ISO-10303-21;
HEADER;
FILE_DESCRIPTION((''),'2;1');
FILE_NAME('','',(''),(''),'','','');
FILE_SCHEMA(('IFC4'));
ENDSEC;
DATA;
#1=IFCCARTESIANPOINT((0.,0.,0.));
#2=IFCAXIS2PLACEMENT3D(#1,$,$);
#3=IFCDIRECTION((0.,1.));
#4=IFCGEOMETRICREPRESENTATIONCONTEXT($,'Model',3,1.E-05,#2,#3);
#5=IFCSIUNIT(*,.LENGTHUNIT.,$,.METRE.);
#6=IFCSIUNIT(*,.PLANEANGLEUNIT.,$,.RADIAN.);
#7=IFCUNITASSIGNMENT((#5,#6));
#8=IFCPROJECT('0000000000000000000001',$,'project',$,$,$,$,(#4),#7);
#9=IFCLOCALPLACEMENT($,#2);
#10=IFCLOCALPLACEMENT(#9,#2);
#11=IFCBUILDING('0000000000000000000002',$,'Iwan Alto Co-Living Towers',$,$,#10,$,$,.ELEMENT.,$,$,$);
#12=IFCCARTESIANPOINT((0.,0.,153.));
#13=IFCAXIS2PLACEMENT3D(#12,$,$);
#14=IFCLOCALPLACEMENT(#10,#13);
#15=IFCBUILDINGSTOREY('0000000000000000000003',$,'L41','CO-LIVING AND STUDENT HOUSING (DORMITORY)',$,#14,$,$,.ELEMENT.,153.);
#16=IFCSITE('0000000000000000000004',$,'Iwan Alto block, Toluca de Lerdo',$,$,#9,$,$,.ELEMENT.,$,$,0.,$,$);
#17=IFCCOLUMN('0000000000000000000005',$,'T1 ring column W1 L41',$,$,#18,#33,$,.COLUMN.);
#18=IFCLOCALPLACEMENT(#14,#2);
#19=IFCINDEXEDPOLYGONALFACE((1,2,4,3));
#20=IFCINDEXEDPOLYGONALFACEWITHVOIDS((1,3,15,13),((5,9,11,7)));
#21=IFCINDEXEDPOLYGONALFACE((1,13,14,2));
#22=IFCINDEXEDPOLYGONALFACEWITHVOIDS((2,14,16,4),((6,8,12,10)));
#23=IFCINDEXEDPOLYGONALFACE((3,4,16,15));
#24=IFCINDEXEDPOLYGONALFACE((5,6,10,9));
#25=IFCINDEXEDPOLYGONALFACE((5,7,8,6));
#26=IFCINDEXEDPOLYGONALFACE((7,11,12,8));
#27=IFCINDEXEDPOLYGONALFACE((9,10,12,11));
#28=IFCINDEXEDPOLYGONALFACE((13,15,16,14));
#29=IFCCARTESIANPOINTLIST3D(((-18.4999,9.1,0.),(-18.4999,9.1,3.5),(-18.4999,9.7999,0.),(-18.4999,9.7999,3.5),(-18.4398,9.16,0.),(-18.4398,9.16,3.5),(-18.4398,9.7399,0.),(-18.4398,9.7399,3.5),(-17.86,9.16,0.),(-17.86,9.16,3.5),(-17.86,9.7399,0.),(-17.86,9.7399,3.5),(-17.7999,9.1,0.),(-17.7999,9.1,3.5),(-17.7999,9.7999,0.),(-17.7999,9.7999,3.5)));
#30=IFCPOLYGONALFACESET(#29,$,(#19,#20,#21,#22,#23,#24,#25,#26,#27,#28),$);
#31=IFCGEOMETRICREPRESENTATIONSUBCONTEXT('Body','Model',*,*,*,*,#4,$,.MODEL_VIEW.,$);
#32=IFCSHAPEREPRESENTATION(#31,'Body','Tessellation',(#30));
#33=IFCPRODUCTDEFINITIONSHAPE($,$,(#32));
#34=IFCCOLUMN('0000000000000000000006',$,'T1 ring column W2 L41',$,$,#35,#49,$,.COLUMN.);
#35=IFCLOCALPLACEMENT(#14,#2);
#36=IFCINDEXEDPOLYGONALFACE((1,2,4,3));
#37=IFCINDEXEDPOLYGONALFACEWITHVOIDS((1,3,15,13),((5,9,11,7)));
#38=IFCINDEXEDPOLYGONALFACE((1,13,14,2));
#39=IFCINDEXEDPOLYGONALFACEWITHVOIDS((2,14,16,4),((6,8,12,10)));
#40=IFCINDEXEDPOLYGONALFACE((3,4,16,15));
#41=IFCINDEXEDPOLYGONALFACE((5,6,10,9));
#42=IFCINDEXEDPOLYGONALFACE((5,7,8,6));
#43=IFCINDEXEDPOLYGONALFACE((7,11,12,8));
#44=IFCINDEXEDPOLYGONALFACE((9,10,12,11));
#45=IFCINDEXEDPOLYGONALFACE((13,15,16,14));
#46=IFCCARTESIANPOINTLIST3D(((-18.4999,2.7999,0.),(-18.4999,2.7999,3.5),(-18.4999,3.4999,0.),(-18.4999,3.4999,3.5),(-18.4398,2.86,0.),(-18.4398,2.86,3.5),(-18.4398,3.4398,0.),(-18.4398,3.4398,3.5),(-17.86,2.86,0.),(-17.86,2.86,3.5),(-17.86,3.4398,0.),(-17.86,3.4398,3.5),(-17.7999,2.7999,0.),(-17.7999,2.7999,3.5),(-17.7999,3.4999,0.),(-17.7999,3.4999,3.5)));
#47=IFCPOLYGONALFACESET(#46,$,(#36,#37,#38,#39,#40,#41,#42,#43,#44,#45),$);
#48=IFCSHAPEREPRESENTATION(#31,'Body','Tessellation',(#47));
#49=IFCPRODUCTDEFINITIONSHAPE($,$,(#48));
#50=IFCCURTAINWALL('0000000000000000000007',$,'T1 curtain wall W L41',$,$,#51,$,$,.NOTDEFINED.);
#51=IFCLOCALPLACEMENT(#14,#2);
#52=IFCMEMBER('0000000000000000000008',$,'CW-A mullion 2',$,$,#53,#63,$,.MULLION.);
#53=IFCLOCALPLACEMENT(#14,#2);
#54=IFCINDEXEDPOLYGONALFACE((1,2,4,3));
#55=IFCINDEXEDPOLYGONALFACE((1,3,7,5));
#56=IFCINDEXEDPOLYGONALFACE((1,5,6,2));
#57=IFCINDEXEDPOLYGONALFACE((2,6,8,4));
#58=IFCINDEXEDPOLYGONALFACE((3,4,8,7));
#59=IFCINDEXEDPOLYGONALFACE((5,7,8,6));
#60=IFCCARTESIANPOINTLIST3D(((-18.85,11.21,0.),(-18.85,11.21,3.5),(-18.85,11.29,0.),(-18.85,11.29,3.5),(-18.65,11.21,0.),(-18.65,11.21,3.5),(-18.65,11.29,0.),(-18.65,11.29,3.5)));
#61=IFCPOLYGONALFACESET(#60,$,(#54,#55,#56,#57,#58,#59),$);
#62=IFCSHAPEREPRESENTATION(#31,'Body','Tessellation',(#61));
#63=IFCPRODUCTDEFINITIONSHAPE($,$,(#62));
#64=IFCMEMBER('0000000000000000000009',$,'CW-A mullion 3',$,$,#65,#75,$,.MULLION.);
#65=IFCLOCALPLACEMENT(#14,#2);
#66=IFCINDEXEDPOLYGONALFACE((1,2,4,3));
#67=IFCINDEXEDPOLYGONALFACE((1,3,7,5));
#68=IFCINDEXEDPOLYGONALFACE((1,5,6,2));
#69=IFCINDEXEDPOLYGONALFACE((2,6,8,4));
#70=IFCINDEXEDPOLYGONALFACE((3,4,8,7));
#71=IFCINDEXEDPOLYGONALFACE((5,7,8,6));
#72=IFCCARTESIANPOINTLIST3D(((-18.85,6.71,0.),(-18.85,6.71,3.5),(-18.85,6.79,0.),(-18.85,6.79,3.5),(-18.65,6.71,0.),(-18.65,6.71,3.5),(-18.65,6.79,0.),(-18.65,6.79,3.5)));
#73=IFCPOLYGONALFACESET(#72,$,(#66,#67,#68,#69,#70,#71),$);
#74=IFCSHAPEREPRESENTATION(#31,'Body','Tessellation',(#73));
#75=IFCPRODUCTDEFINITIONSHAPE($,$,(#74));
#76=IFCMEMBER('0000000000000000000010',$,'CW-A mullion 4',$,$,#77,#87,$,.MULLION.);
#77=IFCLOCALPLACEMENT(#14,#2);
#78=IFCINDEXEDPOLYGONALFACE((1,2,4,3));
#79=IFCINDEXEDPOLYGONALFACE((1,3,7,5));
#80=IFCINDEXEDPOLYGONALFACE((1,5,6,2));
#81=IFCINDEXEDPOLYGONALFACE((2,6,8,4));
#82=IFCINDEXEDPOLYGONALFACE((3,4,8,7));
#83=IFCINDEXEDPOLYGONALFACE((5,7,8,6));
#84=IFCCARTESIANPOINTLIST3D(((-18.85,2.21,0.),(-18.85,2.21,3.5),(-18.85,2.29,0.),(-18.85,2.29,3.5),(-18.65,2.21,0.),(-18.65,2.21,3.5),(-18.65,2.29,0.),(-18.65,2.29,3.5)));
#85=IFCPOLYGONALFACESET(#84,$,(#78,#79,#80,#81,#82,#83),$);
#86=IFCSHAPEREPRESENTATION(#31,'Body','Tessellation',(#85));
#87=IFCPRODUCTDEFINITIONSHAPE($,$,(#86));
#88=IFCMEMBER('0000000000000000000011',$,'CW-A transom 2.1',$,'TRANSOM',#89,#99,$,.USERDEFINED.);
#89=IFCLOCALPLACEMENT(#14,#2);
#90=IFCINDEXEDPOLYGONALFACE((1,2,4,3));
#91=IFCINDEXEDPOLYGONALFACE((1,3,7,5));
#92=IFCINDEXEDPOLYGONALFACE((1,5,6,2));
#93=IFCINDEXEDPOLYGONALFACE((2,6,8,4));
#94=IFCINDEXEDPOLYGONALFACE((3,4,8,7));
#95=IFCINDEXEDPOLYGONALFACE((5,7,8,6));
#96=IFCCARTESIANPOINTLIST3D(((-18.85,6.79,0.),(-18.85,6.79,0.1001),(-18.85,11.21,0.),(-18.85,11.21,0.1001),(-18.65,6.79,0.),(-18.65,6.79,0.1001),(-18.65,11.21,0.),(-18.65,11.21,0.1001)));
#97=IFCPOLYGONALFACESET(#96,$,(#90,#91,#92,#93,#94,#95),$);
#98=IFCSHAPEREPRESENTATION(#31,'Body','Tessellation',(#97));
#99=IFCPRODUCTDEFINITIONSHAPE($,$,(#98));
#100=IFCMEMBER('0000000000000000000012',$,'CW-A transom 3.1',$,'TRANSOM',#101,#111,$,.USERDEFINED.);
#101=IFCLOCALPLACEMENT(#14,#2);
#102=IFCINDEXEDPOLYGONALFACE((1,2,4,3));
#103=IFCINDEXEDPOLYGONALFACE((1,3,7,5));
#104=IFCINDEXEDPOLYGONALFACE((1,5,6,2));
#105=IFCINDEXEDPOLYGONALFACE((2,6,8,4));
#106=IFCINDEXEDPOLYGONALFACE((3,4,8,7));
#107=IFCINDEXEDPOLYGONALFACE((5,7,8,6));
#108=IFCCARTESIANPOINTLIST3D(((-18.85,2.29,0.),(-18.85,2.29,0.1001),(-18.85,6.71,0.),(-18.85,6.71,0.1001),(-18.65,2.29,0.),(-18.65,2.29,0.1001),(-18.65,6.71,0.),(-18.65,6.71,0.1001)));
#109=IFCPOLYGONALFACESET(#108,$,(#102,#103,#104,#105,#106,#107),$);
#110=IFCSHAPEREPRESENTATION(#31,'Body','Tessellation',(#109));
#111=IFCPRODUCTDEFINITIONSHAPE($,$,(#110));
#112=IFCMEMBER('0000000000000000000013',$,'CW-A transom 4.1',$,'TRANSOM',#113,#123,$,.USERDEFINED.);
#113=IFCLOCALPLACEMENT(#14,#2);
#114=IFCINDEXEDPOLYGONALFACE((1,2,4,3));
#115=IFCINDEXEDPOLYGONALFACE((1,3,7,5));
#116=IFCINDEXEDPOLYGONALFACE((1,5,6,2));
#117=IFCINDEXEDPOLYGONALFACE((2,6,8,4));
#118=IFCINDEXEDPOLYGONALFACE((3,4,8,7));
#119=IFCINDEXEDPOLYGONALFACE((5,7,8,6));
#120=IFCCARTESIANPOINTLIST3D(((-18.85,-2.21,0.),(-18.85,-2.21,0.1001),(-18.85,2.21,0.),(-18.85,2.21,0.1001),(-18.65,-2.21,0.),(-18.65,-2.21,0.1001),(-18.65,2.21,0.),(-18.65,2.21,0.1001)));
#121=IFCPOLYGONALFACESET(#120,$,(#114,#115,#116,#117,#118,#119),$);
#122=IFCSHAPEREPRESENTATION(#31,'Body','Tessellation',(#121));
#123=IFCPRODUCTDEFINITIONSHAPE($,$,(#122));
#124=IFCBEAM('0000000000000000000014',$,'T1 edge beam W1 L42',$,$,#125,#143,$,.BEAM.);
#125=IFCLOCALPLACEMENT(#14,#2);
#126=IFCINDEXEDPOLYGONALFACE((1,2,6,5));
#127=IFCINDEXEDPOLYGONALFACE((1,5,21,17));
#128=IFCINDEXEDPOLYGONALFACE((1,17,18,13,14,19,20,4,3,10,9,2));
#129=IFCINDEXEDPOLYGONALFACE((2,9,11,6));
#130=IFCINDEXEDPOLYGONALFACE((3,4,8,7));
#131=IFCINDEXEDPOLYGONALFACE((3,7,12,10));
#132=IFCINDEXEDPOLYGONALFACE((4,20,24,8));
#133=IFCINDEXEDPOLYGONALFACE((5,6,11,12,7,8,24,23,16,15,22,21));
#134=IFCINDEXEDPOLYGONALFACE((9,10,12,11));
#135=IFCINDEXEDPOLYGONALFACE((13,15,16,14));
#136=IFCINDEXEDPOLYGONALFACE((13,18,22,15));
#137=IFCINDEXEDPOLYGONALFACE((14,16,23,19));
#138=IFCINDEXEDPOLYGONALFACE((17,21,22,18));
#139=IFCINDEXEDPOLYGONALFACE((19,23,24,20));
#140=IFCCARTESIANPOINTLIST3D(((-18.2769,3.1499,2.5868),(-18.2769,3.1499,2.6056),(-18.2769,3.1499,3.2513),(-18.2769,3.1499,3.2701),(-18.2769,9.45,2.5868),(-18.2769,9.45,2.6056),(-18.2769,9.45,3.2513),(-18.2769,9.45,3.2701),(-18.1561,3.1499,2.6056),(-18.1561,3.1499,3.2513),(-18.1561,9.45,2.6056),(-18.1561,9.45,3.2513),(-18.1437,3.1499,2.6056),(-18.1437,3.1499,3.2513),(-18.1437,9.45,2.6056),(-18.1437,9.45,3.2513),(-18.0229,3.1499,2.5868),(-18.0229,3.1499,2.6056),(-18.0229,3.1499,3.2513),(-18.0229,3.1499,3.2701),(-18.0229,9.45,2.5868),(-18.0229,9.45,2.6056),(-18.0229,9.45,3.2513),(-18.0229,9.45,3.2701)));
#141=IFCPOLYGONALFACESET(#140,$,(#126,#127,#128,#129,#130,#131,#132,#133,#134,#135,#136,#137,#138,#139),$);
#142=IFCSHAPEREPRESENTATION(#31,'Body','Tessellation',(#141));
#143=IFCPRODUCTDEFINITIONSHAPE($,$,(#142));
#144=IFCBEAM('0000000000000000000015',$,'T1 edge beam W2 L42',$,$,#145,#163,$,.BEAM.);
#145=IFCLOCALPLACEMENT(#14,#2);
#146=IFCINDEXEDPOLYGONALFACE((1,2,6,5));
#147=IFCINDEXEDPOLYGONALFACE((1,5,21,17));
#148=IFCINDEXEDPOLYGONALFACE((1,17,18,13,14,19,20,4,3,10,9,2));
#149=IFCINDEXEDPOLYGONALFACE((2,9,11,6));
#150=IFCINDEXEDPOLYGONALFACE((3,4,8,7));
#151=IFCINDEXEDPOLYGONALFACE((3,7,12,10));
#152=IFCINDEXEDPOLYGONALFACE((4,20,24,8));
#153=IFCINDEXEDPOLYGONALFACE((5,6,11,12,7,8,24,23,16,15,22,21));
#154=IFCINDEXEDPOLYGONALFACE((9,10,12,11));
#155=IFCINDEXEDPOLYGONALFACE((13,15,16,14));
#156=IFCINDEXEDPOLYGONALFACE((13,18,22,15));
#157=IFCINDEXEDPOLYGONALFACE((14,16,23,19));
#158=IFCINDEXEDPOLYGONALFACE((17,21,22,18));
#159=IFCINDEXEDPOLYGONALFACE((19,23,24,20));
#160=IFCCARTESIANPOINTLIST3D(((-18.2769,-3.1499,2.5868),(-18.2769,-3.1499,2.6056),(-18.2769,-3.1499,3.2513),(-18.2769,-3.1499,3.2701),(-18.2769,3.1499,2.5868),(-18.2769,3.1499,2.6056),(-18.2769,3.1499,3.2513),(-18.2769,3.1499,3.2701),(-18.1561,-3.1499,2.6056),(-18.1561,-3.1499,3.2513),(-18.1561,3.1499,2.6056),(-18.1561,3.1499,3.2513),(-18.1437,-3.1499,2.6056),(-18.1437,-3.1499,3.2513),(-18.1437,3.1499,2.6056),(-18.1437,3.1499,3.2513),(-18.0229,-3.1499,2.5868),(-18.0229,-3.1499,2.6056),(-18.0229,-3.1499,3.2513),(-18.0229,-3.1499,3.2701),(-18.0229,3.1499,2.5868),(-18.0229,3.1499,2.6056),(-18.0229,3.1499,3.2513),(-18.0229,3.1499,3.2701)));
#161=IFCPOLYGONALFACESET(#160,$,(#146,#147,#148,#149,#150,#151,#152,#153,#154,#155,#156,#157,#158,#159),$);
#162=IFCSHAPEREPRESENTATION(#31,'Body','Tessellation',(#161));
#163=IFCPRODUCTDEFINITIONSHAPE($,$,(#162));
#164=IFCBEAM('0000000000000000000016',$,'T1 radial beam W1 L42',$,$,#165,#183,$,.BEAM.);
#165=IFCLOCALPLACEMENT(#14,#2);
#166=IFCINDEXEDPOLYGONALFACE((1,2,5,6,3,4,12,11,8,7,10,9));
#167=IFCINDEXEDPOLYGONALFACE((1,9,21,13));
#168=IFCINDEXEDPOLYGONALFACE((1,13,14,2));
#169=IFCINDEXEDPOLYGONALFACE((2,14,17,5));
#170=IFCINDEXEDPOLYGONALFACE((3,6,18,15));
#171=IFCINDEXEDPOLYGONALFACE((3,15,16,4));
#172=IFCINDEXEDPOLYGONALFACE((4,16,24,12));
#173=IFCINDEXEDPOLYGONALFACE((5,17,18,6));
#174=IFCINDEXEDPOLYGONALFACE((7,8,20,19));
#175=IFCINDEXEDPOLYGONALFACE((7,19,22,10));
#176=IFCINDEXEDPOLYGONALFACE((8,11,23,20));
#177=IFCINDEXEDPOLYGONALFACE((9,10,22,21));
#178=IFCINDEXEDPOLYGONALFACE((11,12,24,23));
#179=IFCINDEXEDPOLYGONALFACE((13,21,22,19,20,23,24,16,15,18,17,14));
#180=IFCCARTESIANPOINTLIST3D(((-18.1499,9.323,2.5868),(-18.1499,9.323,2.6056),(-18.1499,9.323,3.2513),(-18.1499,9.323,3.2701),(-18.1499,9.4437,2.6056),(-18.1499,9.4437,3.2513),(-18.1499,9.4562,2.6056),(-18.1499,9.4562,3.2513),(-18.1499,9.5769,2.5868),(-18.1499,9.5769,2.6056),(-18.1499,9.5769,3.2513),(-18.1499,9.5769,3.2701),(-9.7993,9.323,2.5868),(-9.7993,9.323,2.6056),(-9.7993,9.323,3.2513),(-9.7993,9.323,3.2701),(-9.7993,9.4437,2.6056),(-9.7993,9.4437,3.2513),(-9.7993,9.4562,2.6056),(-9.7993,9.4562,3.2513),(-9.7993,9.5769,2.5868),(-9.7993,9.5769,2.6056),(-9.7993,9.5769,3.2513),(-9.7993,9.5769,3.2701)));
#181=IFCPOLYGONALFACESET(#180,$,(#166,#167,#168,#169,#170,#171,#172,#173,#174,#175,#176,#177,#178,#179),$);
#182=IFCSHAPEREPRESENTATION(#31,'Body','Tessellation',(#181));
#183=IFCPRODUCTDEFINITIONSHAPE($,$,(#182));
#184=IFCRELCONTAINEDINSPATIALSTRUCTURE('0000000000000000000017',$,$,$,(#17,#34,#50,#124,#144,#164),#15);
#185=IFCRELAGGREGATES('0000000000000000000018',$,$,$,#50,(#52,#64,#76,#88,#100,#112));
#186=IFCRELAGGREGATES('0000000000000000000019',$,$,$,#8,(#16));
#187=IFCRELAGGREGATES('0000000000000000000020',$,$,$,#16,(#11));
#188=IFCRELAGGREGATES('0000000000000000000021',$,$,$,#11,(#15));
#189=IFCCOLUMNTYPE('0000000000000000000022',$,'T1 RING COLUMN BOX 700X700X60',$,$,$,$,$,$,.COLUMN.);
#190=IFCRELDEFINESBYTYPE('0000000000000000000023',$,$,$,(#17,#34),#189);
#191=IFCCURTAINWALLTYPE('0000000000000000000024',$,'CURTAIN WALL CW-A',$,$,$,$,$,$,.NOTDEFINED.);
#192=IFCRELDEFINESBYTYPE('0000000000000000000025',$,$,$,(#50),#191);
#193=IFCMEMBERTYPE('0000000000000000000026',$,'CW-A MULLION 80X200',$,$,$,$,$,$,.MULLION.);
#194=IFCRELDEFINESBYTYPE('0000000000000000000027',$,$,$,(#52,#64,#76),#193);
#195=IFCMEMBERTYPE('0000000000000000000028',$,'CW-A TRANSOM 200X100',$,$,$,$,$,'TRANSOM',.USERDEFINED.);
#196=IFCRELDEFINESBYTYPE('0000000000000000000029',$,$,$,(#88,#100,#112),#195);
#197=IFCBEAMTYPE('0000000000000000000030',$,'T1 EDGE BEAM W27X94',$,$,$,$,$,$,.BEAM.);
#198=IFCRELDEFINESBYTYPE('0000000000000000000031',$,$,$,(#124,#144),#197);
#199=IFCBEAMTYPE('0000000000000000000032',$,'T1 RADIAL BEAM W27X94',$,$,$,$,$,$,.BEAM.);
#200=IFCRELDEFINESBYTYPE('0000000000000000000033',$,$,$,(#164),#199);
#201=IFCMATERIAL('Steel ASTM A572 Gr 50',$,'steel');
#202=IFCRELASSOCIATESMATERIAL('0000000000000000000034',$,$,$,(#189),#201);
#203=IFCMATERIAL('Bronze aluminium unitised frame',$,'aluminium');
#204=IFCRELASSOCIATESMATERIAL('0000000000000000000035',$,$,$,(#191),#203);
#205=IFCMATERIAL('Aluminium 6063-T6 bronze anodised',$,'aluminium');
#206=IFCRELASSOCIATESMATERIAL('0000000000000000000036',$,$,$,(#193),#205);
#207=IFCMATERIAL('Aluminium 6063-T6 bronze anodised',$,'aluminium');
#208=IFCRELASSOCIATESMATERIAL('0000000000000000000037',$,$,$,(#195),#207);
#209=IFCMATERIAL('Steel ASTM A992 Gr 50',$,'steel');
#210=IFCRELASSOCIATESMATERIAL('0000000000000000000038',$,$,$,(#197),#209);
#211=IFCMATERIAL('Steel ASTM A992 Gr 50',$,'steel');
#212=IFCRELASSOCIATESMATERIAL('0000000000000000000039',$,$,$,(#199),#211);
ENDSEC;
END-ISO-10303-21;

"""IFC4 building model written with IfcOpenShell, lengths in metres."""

from ifc_helpers import new_model, si_unit, direction, frame, origin, origin_2d, place, context, subcontext, project, spatial, rectangle, hollow_rectangle, i_section, extrude, material, material_profile, profile_set, type_object, element, aggregate, save


model = new_model("IFC4")

# Units and contexts
model_context = context("Model", 3, precision=1e-05, world=origin(), true_north=direction((0.0, 1.0)))
body_context = subcontext(model_context, "Body", "Model", "MODEL_VIEW")
ifc_project = project(units=[si_unit("LENGTHUNIT", "METRE"), si_unit("PLANEANGLEUNIT", "RADIAN")], contexts=[model_context])

# Site, building, storey
site_placement = place(None, origin())
site = spatial("IfcSite", under=ifc_project, at=site_placement, Name="Iwan Alto block, Toluca de Lerdo", CompositionType="ELEMENT", RefElevation=0.0)
building_placement = place(site_placement, origin())
building = spatial("IfcBuilding", under=site, at=building_placement, Name="Iwan Alto Co-Living Towers", CompositionType="ELEMENT")
storey_placement = place(building_placement, frame((0.0, 0.0, 153.0)))
storey = spatial("IfcBuildingStorey", under=building, at=storey_placement, Name="L41", Description="CO-LIVING AND STUDENT HOUSING (DORMITORY)", CompositionType="ELEMENT", Elevation=153.0)

# Columns
ifc_material_1 = material(Name="Steel ASTM A572 Gr 50", Category="steel")
ifc_material_profile_1 = material_profile(ifc_material_1, hollow_rectangle(XDim=0.7, YDim=0.7, WallThickness=0.0601, at=origin_2d()), Name="BOX 700X700X60")
ifc_profile_set_1 = profile_set([ifc_material_profile_1], Name="Steel ASTM A572 Gr 50")
column_type = type_object("IfcColumnType", Name="T1 RING COLUMN BOX 700X700X60", PredefinedType="COLUMN", material=ifc_profile_set_1)
for number, where, z_axis, x_axis, name in (
    (1, (-18.1499, 9.45, 0.0), (0.0, 0.0, 1.0), (1.0, 0.0, 0.0), "T1 ring column W1 L41"),
    (2, (-18.1499, 3.1499, 0.0), (0.0, 0.0, 1.0), (1.0, 0.0, 0.0), "T1 ring column W2 L41"),
):
    element("IfcColumn", number, at=place(storey_placement, frame(where, z_axis=z_axis, x_axis=x_axis)), inside=storey, type_object=column_type, Name=name, PredefinedType="COLUMN", context=body_context, shape_type="SweptSolid", body=[
        extrude(hollow_rectangle(XDim=0.7, YDim=0.7, WallThickness=0.0601, at=origin_2d()), origin(), (0.0, 0.0, 1.0), 3.5),
    ])

# Curtain wall, members
ifc_material_2 = material(Name="Bronze aluminium unitised frame", Category="aluminium")
curtain_wall_type = type_object("IfcCurtainWallType", Name="CURTAIN WALL CW-A", PredefinedType="NOTDEFINED", material=ifc_material_2)
curtain_wall_placement = place(storey_placement, origin())
curtain_wall = element("IfcCurtainWall", 3, at=curtain_wall_placement, inside=storey, type_object=curtain_wall_type, Name="T1 curtain wall W L41", PredefinedType="NOTDEFINED")
ifc_material_3 = material(Name="Aluminium 6063-T6 bronze anodised", Category="aluminium")
ifc_material_profile_2 = material_profile(ifc_material_3, rectangle(XDim=0.2, YDim=0.0801, at=origin_2d()), Name="AL 80X200")
ifc_profile_set_2 = profile_set([ifc_material_profile_2], Name="Aluminium 6063-T6 bronze anodised")
member_type_1 = type_object("IfcMemberType", Name="CW-A MULLION 80X200", PredefinedType="MULLION", material=ifc_profile_set_2)
member_1_placement = place(storey_placement, frame((-18.75, 11.25, 0.0), z_axis=(0.0, 0.0, 1.0), x_axis=(1.0, 0.0, 0.0)))
member_1 = element("IfcMember", 4, at=member_1_placement, type_object=member_type_1, Name="CW-A mullion 2", PredefinedType="MULLION", context=body_context, shape_type="SweptSolid", body=[
    extrude(rectangle(XDim=0.2, YDim=0.0801, at=origin_2d()), origin(), (0.0, 0.0, 1.0), 3.5),
])
member_2_placement = place(storey_placement, frame((-18.75, 6.75, 0.0), z_axis=(0.0, 0.0, 1.0), x_axis=(1.0, 0.0, 0.0)))
member_2 = element("IfcMember", 5, at=member_2_placement, type_object=member_type_1, Name="CW-A mullion 3", PredefinedType="MULLION", context=body_context, shape_type="SweptSolid", body=[
    extrude(rectangle(XDim=0.2, YDim=0.0801, at=origin_2d()), origin(), (0.0, 0.0, 1.0), 3.5),
])
member_3_placement = place(storey_placement, frame((-18.75, 2.25, 0.0), z_axis=(0.0, 0.0, 1.0), x_axis=(1.0, 0.0, 0.0)))
member_3 = element("IfcMember", 6, at=member_3_placement, type_object=member_type_1, Name="CW-A mullion 4", PredefinedType="MULLION", context=body_context, shape_type="SweptSolid", body=[
    extrude(rectangle(XDim=0.2, YDim=0.0801, at=origin_2d()), origin(), (0.0, 0.0, 1.0), 3.5),
])
ifc_material_4 = material(Name="Aluminium 6063-T6 bronze anodised", Category="aluminium")
ifc_material_profile_3 = material_profile(ifc_material_4, rectangle(XDim=0.2, YDim=0.1001, at=origin_2d()), Name="AL 200X100")
ifc_profile_set_3 = profile_set([ifc_material_profile_3], Name="Aluminium 6063-T6 bronze anodised")
member_type_2 = type_object("IfcMemberType", Name="CW-A TRANSOM 200X100", ElementType="TRANSOM", PredefinedType="USERDEFINED", material=ifc_profile_set_3)
member_4_placement = place(storey_placement, frame((-18.75, 11.21, 0.05), z_axis=(0.0, -1.0, 0.0), x_axis=(1.0, 0.0, 0.0)))
member_4 = element("IfcMember", 7, at=member_4_placement, type_object=member_type_2, Name="CW-A transom 2.1", ObjectType="TRANSOM", PredefinedType="USERDEFINED", context=body_context, shape_type="SweptSolid", body=[
    extrude(rectangle(XDim=0.2, YDim=0.1001, at=origin_2d()), origin(), (0.0, 0.0, 1.0), 4.4199),
])
member_5_placement = place(storey_placement, frame((-18.75, 6.71, 0.05), z_axis=(0.0, -1.0, 0.0), x_axis=(1.0, 0.0, 0.0)))
member_5 = element("IfcMember", 8, at=member_5_placement, type_object=member_type_2, Name="CW-A transom 3.1", ObjectType="TRANSOM", PredefinedType="USERDEFINED", context=body_context, shape_type="SweptSolid", body=[
    extrude(rectangle(XDim=0.2, YDim=0.1001, at=origin_2d()), origin(), (0.0, 0.0, 1.0), 4.4199),
])
member_6_placement = place(storey_placement, frame((-18.75, 2.21, 0.05), z_axis=(0.0, -1.0, 0.0), x_axis=(1.0, 0.0, 0.0)))
member_6 = element("IfcMember", 9, at=member_6_placement, type_object=member_type_2, Name="CW-A transom 4.1", ObjectType="TRANSOM", PredefinedType="USERDEFINED", context=body_context, shape_type="SweptSolid", body=[
    extrude(rectangle(XDim=0.2, YDim=0.1001, at=origin_2d()), origin(), (0.0, 0.0, 1.0), 4.4199),
])

# Beams
ifc_material_5 = material(Name="Steel ASTM A992 Gr 50", Category="steel")
ifc_material_profile_4 = material_profile(ifc_material_5, i_section(OverallWidth=0.2539, OverallDepth=0.6833, WebThickness=0.0125, FlangeThickness=0.0188, at=origin_2d()), Name="W27X94")
ifc_profile_set_4 = profile_set([ifc_material_profile_4], Name="Steel ASTM A992 Gr 50")
beam_type_1 = type_object("IfcBeamType", Name="T1 EDGE BEAM W27X94", PredefinedType="BEAM", material=ifc_profile_set_4)
beam_1_placement = place(storey_placement, frame((-18.1499, 9.45, 2.9285), z_axis=(0.0, -1.0, 0.0), x_axis=(1.0, 0.0, 0.0)))
element("IfcBeam", 10, at=beam_1_placement, inside=storey, type_object=beam_type_1, Name="T1 edge beam W1 L42", PredefinedType="BEAM", context=body_context, shape_type="SweptSolid", body=[
    extrude(i_section(OverallWidth=0.2539, OverallDepth=0.6833, WebThickness=0.0125, FlangeThickness=0.0188, at=origin_2d()), origin(), (0.0, 0.0, 1.0), 6.3),
])
beam_2_placement = place(storey_placement, frame((-18.1499, 3.1499, 2.9285), z_axis=(0.0, -1.0, 0.0), x_axis=(1.0, 0.0, 0.0)))
element("IfcBeam", 11, at=beam_2_placement, inside=storey, type_object=beam_type_1, Name="T1 edge beam W2 L42", PredefinedType="BEAM", context=body_context, shape_type="SweptSolid", body=[
    extrude(i_section(OverallWidth=0.2539, OverallDepth=0.6833, WebThickness=0.0125, FlangeThickness=0.0188, at=origin_2d()), origin(), (0.0, 0.0, 1.0), 6.2998),
])
ifc_material_6 = material(Name="Steel ASTM A992 Gr 50", Category="steel")
ifc_material_profile_5 = material_profile(ifc_material_6, i_section(OverallWidth=0.2539, OverallDepth=0.6833, WebThickness=0.0125, FlangeThickness=0.0188, at=origin_2d()), Name="W27X94")
ifc_profile_set_5 = profile_set([ifc_material_profile_5], Name="Steel ASTM A992 Gr 50")
beam_type_2 = type_object("IfcBeamType", Name="T1 RADIAL BEAM W27X94", PredefinedType="BEAM", material=ifc_profile_set_5)
for number, where, z_axis, x_axis, name in (
    (12, (-18.1499, 9.45, 2.9285), (1.0, 0.0, 0.0), (0.0, 1.0, 0.0), "T1 radial beam W1 L42"),
):
    element("IfcBeam", number, at=place(storey_placement, frame(where, z_axis=z_axis, x_axis=x_axis)), inside=storey, type_object=beam_type_2, Name=name, PredefinedType="BEAM", context=body_context, shape_type="SweptSolid", body=[
        extrude(i_section(OverallWidth=0.2539, OverallDepth=0.6833, WebThickness=0.0125, FlangeThickness=0.0188, at=origin_2d()), origin(), (0.0, 0.0, 1.0), 8.3506),
    ])

aggregate(curtain_wall, [member_1, member_2, member_3, member_4, member_5, member_6])

save(model, "model.ifc")
